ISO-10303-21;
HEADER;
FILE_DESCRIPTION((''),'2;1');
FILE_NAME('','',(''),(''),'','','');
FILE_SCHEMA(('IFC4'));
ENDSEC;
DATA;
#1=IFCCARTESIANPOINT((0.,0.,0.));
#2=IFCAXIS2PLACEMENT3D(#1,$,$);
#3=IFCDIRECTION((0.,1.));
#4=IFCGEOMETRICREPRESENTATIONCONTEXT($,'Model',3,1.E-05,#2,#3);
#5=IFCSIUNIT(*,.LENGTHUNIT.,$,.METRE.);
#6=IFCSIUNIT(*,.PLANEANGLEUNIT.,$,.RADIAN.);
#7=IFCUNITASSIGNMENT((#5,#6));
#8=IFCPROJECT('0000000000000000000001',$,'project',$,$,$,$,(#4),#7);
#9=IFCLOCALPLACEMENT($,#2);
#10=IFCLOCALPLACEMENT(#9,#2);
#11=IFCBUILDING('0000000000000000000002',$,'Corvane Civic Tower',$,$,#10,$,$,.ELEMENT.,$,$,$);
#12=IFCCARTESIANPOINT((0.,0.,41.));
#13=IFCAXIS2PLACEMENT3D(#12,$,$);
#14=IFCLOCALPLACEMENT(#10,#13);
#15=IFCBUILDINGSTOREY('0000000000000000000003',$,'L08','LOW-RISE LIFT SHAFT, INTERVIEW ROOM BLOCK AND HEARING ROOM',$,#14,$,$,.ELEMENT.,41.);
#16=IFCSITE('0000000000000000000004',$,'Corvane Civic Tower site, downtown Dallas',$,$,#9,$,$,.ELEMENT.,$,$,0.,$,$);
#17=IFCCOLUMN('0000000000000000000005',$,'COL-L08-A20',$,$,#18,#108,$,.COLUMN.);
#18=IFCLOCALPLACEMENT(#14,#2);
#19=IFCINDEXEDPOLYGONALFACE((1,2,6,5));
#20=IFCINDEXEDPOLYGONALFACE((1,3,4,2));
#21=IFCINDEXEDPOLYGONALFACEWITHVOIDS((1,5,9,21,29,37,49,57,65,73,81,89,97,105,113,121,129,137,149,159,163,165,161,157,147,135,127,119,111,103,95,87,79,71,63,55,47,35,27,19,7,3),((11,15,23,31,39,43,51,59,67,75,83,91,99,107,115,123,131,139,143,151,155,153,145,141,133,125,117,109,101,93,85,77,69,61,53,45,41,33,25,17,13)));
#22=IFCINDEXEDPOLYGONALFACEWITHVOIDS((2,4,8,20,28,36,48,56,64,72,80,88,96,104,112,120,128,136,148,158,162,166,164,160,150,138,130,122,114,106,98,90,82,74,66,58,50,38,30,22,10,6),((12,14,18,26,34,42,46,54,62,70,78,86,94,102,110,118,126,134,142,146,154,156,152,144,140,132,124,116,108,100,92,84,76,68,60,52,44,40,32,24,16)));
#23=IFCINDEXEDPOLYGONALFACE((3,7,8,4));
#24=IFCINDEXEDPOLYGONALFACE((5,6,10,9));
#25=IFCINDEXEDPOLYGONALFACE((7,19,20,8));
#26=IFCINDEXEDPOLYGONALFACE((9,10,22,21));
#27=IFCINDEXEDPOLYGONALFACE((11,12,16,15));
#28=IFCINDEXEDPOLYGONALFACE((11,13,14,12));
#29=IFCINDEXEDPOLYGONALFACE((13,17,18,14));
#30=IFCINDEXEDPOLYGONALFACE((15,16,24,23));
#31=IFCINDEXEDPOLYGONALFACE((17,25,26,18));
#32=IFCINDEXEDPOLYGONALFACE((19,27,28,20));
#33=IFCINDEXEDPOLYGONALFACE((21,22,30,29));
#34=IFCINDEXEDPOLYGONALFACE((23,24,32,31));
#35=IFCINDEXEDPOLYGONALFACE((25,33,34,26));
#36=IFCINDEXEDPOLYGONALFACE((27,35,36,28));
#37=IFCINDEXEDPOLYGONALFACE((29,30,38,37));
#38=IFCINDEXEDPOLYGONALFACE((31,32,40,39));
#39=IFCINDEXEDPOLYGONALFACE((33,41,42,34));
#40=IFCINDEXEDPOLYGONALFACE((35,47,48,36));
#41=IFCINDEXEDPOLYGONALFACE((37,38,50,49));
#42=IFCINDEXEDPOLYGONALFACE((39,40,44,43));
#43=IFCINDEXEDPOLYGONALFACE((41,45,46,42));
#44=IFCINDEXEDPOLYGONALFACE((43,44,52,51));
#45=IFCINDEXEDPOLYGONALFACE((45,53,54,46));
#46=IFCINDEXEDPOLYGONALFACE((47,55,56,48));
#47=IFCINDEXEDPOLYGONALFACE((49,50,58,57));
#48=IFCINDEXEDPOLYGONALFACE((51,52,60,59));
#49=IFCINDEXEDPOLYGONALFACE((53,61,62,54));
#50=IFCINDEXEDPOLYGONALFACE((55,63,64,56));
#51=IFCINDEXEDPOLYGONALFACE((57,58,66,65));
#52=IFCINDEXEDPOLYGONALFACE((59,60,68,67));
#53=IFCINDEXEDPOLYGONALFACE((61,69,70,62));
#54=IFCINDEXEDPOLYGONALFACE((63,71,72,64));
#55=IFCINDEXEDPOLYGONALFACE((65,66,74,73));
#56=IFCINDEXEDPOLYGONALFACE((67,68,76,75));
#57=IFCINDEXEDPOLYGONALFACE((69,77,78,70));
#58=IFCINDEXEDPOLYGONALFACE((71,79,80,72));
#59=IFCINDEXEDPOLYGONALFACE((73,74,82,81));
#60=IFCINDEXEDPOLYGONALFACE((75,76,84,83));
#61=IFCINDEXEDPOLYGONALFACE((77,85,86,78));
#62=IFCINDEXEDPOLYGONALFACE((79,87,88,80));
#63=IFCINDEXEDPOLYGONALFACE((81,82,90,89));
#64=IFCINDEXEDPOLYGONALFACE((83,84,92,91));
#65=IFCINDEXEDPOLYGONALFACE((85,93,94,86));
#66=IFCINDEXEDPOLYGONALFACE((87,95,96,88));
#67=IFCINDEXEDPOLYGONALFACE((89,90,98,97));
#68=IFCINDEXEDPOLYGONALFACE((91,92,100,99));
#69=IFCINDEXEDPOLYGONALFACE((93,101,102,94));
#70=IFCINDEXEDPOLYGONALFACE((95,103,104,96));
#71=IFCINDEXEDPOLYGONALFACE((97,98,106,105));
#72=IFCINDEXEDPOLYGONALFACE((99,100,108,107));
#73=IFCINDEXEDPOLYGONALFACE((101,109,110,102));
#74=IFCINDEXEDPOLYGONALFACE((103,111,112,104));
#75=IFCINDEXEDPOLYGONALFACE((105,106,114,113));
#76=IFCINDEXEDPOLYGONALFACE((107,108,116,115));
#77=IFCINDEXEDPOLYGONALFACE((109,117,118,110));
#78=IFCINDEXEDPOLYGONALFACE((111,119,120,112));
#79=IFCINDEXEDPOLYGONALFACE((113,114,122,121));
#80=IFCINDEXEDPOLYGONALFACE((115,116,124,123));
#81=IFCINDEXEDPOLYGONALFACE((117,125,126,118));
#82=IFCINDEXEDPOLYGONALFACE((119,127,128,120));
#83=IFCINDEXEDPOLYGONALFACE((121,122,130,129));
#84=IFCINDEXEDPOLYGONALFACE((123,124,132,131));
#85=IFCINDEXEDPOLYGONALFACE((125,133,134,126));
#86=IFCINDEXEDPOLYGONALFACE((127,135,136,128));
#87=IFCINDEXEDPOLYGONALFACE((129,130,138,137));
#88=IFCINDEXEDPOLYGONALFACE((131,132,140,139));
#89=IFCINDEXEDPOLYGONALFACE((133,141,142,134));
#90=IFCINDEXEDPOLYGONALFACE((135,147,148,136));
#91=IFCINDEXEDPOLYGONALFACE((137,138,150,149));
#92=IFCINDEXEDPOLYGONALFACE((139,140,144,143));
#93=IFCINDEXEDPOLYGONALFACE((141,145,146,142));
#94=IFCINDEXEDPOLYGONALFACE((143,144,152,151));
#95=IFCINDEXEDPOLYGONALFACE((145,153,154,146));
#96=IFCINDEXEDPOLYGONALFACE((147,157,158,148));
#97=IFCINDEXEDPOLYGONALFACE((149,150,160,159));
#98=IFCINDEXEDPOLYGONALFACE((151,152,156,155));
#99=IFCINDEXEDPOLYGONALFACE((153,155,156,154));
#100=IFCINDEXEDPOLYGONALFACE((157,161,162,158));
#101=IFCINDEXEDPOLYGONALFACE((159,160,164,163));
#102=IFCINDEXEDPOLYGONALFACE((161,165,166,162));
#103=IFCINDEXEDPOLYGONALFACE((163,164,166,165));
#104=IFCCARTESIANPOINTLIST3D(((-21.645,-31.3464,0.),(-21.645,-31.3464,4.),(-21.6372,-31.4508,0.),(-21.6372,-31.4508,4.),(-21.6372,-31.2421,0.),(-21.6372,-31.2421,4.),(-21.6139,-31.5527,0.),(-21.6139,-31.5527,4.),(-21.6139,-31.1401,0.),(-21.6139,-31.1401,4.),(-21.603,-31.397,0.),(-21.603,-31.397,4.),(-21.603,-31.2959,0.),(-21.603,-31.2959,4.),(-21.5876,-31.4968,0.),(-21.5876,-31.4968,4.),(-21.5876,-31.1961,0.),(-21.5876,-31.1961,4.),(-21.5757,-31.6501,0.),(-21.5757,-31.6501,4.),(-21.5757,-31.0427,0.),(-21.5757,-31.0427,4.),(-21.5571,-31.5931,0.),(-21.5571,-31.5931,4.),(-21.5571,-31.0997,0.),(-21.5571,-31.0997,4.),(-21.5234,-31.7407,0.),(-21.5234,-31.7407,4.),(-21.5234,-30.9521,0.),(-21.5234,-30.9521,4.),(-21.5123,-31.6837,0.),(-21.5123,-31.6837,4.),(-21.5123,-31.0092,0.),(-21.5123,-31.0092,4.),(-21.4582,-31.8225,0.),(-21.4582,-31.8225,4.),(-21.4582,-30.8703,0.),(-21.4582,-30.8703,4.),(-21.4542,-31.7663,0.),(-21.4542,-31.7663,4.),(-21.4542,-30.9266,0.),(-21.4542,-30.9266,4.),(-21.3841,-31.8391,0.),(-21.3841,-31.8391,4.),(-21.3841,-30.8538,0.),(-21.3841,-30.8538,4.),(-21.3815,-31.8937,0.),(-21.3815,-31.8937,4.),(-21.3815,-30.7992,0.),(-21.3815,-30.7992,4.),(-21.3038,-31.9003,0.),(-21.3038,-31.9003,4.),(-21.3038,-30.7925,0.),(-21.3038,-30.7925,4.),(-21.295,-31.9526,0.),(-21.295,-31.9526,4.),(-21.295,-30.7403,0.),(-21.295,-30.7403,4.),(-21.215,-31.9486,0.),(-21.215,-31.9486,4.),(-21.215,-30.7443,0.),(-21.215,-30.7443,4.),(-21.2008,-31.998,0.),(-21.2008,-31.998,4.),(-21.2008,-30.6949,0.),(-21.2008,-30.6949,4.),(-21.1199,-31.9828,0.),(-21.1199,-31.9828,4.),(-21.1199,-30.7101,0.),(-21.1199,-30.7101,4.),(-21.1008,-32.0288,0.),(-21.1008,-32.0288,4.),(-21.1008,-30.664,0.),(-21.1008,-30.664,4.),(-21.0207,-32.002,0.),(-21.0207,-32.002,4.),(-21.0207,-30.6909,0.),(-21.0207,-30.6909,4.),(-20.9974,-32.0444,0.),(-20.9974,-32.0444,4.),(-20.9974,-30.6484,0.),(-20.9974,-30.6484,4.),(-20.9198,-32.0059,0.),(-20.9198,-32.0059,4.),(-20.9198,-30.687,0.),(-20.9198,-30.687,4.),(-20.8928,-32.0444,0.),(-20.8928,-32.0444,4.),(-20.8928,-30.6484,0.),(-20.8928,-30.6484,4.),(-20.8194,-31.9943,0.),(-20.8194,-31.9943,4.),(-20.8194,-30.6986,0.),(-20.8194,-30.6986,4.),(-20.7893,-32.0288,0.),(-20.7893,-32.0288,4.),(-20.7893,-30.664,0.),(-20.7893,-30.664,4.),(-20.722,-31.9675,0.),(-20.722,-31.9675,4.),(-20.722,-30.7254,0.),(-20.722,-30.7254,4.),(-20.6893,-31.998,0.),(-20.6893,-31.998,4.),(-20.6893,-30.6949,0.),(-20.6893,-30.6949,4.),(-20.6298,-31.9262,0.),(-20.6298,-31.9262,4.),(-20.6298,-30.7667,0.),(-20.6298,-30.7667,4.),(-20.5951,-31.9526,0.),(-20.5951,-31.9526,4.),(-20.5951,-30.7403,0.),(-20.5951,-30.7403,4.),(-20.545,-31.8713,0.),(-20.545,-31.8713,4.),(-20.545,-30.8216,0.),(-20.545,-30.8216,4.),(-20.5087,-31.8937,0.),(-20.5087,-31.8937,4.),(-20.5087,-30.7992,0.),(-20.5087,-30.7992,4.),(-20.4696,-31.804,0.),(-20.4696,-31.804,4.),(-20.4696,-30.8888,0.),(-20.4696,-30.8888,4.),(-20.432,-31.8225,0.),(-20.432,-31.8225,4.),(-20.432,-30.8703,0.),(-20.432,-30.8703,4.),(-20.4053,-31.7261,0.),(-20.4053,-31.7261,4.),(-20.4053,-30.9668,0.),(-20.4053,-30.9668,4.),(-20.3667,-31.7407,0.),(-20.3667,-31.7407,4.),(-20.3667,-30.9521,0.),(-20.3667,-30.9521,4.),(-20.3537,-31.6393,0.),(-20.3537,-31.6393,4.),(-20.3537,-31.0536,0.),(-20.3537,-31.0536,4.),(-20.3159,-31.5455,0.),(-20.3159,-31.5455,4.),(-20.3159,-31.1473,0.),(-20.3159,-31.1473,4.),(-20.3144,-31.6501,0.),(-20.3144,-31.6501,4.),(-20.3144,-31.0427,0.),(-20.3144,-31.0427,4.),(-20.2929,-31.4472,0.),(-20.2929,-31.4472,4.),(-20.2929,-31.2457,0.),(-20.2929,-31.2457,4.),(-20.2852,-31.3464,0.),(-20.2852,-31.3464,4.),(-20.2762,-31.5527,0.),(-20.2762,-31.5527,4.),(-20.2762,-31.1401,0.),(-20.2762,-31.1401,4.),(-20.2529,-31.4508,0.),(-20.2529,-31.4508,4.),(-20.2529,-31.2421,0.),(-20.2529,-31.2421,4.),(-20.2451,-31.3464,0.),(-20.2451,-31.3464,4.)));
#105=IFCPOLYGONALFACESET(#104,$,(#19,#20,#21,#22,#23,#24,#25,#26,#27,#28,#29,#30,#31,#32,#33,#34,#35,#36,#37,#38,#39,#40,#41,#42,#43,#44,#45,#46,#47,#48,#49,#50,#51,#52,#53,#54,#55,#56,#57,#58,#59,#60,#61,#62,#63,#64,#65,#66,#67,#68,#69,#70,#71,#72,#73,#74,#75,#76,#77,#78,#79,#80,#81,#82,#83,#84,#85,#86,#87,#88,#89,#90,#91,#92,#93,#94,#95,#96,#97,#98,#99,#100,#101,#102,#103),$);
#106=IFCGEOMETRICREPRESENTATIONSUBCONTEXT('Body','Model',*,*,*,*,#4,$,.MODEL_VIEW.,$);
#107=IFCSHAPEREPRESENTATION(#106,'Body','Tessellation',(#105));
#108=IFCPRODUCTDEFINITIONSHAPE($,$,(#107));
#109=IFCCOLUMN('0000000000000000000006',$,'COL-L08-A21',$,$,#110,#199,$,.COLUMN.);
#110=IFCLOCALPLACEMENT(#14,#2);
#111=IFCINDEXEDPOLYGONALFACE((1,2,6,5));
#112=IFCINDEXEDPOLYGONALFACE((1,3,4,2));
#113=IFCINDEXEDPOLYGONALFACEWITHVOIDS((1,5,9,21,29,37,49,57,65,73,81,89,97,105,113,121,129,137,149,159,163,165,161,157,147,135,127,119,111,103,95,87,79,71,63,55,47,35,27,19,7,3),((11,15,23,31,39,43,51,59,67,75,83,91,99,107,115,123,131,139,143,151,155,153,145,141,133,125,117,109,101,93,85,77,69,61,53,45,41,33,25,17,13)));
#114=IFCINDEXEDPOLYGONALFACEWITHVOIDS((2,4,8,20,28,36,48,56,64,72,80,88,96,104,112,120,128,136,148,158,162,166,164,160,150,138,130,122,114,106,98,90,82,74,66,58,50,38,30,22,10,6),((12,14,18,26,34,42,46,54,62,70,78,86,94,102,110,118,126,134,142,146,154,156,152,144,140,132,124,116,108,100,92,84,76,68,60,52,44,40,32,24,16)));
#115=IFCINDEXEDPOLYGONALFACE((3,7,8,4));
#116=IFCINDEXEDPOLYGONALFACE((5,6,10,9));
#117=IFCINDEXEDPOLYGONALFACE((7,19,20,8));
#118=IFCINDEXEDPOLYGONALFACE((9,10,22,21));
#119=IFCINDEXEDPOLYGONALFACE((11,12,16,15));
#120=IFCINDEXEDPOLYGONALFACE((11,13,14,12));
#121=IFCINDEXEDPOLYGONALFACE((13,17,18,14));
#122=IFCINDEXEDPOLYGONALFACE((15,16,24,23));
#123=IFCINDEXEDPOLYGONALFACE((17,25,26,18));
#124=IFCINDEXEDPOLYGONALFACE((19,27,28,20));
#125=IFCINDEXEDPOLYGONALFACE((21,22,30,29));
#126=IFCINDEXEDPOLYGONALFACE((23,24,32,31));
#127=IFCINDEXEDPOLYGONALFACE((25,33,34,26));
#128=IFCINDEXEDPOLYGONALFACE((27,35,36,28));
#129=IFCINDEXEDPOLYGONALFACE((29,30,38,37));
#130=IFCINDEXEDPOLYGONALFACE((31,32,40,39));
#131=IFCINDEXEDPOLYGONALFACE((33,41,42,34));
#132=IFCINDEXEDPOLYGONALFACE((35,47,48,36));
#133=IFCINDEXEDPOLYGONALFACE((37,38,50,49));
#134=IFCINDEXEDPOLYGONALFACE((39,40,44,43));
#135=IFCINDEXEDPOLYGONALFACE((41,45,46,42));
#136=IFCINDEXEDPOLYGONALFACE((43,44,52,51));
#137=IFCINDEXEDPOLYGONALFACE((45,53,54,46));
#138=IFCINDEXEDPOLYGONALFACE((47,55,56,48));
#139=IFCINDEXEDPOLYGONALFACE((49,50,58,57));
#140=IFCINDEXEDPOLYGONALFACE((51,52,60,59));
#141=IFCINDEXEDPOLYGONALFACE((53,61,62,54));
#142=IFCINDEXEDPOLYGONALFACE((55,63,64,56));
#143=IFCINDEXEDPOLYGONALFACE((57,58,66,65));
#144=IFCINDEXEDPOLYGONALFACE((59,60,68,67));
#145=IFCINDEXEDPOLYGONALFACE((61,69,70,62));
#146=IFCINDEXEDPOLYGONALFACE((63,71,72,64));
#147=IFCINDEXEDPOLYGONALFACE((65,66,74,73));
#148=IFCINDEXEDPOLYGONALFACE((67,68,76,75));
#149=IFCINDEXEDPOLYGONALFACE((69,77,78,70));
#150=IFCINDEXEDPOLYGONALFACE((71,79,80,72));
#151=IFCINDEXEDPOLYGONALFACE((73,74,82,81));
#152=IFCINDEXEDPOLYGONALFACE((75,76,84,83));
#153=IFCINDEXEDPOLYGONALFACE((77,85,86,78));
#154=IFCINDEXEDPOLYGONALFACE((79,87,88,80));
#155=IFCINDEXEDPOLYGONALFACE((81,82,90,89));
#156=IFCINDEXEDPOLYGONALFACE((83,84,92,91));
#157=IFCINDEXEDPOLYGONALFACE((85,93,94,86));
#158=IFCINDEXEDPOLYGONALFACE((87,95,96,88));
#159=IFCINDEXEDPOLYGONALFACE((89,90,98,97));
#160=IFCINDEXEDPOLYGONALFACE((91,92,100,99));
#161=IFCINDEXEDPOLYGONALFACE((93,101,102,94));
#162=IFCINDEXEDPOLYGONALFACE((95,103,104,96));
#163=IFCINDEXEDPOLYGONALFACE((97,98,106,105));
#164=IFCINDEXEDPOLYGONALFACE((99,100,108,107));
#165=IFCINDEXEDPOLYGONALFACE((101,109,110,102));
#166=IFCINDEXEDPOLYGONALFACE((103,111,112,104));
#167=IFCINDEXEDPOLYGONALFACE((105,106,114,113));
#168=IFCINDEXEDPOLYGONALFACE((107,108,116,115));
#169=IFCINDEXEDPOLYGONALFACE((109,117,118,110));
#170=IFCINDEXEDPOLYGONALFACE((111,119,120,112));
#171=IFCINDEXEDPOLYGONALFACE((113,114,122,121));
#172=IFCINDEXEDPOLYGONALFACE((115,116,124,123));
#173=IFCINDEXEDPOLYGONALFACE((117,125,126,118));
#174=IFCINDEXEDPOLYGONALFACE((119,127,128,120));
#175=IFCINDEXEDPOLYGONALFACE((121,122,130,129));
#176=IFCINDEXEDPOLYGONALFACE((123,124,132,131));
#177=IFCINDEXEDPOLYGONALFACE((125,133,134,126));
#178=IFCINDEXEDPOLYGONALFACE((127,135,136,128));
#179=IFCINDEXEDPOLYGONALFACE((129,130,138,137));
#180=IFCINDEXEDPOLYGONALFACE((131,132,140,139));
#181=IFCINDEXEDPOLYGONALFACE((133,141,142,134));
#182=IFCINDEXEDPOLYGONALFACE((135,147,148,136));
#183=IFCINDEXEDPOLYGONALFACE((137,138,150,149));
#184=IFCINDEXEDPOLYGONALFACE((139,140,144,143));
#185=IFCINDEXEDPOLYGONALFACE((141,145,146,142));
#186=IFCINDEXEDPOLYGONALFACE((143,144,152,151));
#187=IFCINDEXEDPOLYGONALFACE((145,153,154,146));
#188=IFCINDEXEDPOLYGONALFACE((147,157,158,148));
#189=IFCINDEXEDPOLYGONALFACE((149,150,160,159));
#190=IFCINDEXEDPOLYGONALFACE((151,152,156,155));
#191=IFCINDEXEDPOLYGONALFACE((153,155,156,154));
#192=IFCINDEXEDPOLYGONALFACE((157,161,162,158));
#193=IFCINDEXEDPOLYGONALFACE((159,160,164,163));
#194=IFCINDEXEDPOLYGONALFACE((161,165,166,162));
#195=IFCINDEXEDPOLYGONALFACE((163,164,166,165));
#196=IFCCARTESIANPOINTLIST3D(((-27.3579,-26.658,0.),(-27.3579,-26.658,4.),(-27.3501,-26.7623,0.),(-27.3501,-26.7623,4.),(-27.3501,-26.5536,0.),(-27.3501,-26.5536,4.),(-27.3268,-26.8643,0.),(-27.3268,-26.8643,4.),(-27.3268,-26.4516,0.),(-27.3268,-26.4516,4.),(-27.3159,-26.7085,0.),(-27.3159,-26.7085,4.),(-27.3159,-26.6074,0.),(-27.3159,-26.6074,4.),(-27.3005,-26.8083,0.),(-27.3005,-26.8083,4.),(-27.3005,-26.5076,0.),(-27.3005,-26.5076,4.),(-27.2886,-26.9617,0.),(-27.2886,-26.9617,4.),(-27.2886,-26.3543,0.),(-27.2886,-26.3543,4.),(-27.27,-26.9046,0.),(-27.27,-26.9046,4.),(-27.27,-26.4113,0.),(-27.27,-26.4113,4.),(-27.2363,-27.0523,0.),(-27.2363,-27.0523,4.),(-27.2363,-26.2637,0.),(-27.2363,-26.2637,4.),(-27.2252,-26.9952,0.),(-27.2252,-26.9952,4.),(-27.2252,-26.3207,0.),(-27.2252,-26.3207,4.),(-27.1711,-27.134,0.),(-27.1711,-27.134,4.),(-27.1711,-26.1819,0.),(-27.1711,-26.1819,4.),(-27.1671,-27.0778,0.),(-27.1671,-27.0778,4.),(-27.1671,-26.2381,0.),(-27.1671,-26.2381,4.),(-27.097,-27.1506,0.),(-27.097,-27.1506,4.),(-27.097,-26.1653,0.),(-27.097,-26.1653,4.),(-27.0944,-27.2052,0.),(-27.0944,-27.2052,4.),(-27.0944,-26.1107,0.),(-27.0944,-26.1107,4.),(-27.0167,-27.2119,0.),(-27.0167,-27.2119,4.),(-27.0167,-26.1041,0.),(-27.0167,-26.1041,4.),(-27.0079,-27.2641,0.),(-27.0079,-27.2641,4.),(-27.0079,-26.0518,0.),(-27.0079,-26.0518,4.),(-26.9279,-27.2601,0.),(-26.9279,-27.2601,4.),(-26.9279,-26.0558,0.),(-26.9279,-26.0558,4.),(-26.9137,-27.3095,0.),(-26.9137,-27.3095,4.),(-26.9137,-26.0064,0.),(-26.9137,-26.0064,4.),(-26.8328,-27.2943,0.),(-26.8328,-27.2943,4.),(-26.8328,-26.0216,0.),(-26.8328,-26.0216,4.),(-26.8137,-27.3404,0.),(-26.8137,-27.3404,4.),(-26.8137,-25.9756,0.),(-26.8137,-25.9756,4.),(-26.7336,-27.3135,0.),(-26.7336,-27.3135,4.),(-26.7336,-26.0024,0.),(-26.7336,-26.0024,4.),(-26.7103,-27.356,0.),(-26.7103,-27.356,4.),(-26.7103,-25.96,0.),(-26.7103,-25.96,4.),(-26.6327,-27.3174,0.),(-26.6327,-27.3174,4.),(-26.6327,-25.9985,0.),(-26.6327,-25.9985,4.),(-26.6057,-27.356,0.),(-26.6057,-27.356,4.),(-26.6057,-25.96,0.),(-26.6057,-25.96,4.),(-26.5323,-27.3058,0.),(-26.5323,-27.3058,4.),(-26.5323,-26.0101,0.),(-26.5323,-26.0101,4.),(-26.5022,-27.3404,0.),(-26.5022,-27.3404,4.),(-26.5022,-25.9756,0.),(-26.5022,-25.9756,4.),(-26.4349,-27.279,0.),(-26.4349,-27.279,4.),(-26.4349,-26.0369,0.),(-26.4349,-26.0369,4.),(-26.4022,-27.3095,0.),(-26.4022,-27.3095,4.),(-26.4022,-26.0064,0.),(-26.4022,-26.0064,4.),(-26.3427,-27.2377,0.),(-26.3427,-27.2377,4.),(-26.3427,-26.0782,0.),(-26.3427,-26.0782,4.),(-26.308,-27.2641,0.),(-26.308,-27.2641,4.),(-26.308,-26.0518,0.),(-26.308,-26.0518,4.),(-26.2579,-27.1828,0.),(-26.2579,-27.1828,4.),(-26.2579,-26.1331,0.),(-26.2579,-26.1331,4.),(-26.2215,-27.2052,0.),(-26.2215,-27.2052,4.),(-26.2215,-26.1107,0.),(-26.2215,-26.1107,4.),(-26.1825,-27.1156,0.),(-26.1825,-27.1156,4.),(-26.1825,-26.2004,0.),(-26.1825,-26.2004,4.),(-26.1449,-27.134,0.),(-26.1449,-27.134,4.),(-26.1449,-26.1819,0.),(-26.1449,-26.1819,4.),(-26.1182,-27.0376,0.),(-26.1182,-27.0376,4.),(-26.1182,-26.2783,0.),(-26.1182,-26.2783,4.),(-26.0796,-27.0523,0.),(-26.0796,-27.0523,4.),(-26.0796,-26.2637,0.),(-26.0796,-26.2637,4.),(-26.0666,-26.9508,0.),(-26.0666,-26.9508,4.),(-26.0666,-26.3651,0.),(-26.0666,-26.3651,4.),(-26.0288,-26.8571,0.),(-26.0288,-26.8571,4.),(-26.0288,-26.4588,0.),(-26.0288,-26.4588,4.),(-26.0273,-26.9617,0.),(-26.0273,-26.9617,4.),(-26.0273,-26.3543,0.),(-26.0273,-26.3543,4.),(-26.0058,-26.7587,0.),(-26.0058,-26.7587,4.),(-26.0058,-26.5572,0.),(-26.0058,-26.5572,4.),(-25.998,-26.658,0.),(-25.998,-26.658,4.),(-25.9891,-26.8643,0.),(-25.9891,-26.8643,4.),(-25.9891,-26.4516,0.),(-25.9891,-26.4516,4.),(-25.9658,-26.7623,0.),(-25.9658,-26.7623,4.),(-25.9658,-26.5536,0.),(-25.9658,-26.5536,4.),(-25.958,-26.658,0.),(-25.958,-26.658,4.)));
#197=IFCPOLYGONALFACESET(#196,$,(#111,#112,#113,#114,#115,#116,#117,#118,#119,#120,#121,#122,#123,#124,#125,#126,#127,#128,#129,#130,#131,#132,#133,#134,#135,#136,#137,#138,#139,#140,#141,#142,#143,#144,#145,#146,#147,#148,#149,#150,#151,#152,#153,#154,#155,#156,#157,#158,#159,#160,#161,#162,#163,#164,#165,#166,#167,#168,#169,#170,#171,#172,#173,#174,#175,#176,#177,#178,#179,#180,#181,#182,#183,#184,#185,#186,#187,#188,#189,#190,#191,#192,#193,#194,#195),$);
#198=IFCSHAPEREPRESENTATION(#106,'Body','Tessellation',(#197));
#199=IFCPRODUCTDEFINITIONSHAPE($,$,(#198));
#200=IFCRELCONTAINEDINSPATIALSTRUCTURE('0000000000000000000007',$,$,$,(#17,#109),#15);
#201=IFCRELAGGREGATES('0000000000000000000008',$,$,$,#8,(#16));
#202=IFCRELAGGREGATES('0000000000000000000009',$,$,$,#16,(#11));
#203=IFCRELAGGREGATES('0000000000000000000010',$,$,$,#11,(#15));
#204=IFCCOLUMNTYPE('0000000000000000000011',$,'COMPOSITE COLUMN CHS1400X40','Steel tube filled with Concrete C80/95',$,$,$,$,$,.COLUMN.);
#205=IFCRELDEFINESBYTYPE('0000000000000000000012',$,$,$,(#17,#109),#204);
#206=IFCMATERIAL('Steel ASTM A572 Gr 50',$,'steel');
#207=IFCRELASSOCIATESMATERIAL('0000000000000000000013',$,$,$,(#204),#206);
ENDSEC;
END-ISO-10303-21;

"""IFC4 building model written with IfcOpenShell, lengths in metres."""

from ifc_helpers import new_model, si_unit, direction, frame, origin, origin_2d, place, context, subcontext, project, spatial, hollow_circle, extrude, material, material_profile, profile_set, type_object, element, save


model = new_model("IFC4")

# Units and contexts
model_context = context("Model", 3, precision=1e-05, world=origin(), true_north=direction((0.0, 1.0)))
body_context = subcontext(model_context, "Body", "Model", "MODEL_VIEW")
ifc_project = project(units=[si_unit("LENGTHUNIT", "METRE"), si_unit("PLANEANGLEUNIT", "RADIAN")], contexts=[model_context])

# Site, building, storey
site_placement = place(None, origin())
site = spatial("IfcSite", under=ifc_project, at=site_placement, Name="Corvane Civic Tower site, downtown Dallas", CompositionType="ELEMENT", RefElevation=0.0)
building_placement = place(site_placement, origin())
building = spatial("IfcBuilding", under=site, at=building_placement, Name="Corvane Civic Tower", CompositionType="ELEMENT")
storey_placement = place(building_placement, frame((0.0, 0.0, 41.0)))
storey = spatial("IfcBuildingStorey", under=building, at=storey_placement, Name="L08", Description="LOW-RISE LIFT SHAFT, INTERVIEW ROOM BLOCK AND HEARING ROOM", CompositionType="ELEMENT", Elevation=41.0)

# Columns
ifc_material_1 = material(Name="Steel ASTM A572 Gr 50", Category="steel")
ifc_material_profile_1 = material_profile(ifc_material_1, hollow_circle(Radius=0.7, WallThickness=0.04, at=origin_2d()), Name="CHS1400X40")
ifc_profile_set_1 = profile_set([ifc_material_profile_1], Name="Steel ASTM A572 Gr 50")
column_type = type_object("IfcColumnType", Name="COMPOSITE COLUMN CHS1400X40", Description="Steel tube filled with Concrete C80/95", PredefinedType="COLUMN", material=ifc_profile_set_1)
for number, where, z_axis, x_axis, name in (
    (1, (-20.9451, -31.3464, 0.0), (0.0, 0.0, 1.0), (1.0, 0.0, 0.0), "COL-L08-A20"),
    (2, (-26.658, -26.658, 0.0), (0.0, 0.0, 1.0), (1.0, 0.0, 0.0), "COL-L08-A21"),
):
    element("IfcColumn", number, at=place(storey_placement, frame(where, z_axis=z_axis, x_axis=x_axis)), inside=storey, type_object=column_type, Name=name, PredefinedType="COLUMN", context=body_context, shape_type="SweptSolid", body=[
        extrude(hollow_circle(Radius=0.7, WallThickness=0.04, at=origin_2d()), origin(), (0.0, 0.0, 1.0), 4.0),
    ])

save(model, "model.ifc")
